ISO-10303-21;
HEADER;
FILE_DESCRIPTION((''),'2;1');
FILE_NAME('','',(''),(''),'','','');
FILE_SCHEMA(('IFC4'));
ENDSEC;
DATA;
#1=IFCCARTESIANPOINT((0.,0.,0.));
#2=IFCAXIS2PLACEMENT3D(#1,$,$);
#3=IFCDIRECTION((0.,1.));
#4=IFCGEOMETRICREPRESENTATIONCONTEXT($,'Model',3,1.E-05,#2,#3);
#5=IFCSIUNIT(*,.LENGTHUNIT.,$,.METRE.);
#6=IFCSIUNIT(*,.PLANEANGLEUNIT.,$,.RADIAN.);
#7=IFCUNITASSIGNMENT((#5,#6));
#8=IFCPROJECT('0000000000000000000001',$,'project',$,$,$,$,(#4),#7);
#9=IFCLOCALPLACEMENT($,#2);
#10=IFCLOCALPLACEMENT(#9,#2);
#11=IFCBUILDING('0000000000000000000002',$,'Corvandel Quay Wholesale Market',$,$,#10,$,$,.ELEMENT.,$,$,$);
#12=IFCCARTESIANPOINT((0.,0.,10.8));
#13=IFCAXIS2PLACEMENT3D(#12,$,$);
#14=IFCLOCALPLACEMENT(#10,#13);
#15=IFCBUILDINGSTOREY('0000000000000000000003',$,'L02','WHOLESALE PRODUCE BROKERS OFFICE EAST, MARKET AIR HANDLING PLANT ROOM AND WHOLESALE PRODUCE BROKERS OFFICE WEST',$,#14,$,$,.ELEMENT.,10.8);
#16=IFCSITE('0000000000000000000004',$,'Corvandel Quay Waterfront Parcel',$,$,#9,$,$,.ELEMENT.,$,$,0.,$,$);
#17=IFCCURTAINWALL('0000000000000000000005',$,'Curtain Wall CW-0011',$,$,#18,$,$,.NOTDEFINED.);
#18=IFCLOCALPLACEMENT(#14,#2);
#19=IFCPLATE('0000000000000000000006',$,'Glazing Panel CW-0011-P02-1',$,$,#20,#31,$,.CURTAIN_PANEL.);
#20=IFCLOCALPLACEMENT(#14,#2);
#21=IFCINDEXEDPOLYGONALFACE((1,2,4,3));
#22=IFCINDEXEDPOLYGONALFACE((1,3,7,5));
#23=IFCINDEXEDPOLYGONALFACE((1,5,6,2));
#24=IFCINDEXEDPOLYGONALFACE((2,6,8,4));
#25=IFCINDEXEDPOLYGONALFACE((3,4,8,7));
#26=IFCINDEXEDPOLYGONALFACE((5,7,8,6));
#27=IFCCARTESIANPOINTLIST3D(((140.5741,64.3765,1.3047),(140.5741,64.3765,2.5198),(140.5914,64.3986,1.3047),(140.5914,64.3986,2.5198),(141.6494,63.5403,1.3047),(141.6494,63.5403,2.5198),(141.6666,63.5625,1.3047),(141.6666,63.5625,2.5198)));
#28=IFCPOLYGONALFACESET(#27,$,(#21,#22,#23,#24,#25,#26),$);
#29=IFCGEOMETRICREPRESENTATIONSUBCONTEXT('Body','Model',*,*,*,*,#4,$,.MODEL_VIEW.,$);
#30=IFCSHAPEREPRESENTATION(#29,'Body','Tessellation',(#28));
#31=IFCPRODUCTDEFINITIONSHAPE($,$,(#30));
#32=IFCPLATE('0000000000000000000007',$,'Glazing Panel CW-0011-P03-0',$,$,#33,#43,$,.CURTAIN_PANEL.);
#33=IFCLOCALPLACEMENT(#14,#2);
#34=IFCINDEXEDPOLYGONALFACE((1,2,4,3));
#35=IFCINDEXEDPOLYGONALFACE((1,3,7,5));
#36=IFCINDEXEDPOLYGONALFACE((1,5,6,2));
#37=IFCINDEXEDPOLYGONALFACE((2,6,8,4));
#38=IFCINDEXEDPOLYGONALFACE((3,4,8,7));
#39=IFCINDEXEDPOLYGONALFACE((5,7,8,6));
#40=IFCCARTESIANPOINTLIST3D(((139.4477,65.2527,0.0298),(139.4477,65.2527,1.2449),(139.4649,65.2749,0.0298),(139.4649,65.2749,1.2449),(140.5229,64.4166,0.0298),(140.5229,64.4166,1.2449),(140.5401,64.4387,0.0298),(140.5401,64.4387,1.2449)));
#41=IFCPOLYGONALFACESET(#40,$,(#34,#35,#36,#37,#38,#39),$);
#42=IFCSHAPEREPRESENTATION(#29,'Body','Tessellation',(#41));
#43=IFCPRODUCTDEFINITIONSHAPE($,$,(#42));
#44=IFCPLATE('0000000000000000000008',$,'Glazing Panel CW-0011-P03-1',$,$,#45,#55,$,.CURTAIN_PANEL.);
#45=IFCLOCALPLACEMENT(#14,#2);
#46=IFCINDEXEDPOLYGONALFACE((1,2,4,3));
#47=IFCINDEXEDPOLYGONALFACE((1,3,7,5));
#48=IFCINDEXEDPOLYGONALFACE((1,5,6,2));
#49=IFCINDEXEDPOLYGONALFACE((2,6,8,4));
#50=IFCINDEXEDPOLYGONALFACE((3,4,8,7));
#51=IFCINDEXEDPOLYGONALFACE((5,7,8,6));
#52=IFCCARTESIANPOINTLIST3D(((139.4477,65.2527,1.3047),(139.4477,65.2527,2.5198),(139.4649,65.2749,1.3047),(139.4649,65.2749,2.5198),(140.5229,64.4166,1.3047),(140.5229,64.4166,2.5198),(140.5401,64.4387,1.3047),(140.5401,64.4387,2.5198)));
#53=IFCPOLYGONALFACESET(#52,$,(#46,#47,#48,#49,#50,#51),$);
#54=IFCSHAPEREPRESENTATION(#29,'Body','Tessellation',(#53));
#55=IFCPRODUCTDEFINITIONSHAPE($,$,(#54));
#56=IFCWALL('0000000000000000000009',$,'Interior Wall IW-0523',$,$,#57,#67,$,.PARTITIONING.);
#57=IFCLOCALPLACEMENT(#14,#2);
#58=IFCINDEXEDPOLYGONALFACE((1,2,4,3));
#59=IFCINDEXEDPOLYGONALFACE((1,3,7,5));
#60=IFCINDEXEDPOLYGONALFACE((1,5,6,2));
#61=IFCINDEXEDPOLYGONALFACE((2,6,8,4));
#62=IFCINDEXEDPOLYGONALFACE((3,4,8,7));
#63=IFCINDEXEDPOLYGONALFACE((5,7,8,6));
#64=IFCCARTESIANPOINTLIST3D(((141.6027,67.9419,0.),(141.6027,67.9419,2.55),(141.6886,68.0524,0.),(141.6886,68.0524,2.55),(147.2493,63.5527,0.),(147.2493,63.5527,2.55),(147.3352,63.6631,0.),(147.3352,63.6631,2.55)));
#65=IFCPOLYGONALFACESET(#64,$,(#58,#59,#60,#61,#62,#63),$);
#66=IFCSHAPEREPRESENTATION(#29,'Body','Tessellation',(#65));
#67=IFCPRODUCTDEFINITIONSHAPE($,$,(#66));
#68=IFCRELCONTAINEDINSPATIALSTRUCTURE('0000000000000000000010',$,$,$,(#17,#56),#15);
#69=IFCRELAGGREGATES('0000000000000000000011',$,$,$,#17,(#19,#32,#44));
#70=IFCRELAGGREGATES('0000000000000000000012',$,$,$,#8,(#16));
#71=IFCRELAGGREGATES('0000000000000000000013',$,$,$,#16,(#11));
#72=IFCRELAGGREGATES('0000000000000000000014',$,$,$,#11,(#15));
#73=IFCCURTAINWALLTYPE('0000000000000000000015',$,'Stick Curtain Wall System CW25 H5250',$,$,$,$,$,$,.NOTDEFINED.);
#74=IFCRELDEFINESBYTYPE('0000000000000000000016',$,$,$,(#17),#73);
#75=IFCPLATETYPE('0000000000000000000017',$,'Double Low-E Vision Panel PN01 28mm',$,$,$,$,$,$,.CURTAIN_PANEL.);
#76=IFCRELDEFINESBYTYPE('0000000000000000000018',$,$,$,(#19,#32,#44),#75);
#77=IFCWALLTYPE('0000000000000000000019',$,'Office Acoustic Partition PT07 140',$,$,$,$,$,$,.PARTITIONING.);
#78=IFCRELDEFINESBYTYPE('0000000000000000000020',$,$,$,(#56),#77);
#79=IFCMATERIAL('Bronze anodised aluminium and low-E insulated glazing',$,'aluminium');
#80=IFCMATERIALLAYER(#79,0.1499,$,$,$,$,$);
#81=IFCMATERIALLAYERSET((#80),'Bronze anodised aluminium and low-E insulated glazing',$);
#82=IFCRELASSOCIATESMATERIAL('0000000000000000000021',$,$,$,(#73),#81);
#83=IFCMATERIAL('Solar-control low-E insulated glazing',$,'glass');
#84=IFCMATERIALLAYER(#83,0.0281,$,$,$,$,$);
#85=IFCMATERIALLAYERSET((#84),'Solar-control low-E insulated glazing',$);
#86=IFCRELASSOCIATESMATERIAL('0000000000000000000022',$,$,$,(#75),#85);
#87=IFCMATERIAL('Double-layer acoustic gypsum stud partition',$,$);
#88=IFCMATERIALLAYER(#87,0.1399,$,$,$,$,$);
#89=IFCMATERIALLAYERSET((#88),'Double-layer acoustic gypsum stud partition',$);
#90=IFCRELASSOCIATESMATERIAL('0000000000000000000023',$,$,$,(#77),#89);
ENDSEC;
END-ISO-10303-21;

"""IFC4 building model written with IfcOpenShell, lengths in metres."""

from ifc_helpers import new_model, si_unit, direction, frame, frame_2d, origin, origin_2d, place, context, subcontext, project, spatial, rectangle, extrude, material, layer, layer_set, type_object, element, aggregate, save


model = new_model("IFC4")

# Units and contexts
model_context = context("Model", 3, precision=1e-05, world=origin(), true_north=direction((0.0, 1.0)))
body_context = subcontext(model_context, "Body", "Model", "MODEL_VIEW")
ifc_project = project(units=[si_unit("LENGTHUNIT", "METRE"), si_unit("PLANEANGLEUNIT", "RADIAN")], contexts=[model_context])

# Site, building, storey
site_placement = place(None, origin())
site = spatial("IfcSite", under=ifc_project, at=site_placement, Name="Corvandel Quay Waterfront Parcel", CompositionType="ELEMENT", RefElevation=0.0)
building_placement = place(site_placement, origin())
building = spatial("IfcBuilding", under=site, at=building_placement, Name="Corvandel Quay Wholesale Market", CompositionType="ELEMENT")
storey_placement = place(building_placement, frame((0.0, 0.0, 10.8)))
storey = spatial("IfcBuildingStorey", under=building, at=storey_placement, Name="L02", Description="WHOLESALE PRODUCE BROKERS OFFICE EAST, MARKET AIR HANDLING PLANT ROOM AND WHOLESALE PRODUCE BROKERS OFFICE WEST", CompositionType="ELEMENT", Elevation=10.8)

# Shared definitions
ifc_material_1 = material(Name="Bronze anodised aluminium and low-E insulated glazing", Category="aluminium")

# Curtain wall
ifc_layer_1 = layer(ifc_material_1, 0.1499)
ifc_layer_set_1 = layer_set([ifc_layer_1], Name="Bronze anodised aluminium and low-E insulated glazing")
curtain_wall_type_1 = type_object("IfcCurtainWallType", Name="Stick Curtain Wall System CW25 H5250", PredefinedType="NOTDEFINED", material=ifc_layer_set_1)
curtain_wall_1_placement = place(storey_placement, origin())
curtain_wall_1 = element("IfcCurtainWall", 1, at=curtain_wall_1_placement, inside=storey, type_object=curtain_wall_type_1, Name="Curtain Wall CW-0011", PredefinedType="NOTDEFINED")

# Plates
ifc_material_2 = material(Name="Solar-control low-E insulated glazing", Category="glass")
ifc_layer_2 = layer(ifc_material_2, 0.0281)
ifc_layer_set_2 = layer_set([ifc_layer_2], Name="Solar-control low-E insulated glazing")
plate_type = type_object("IfcPlateType", Name="Double Low-E Vision Panel PN01 28mm", PredefinedType="CURTAIN_PANEL", material=ifc_layer_set_2)
plate_1_placement = place(storey_placement, frame((141.1204, 63.9695, 1.3047), z_axis=(0.0, 0.0, 1.0), x_axis=(-0.789406, 0.613872, 0.0)))
plate_1 = element("IfcPlate", 2, at=plate_1_placement, type_object=plate_type, Name="Glazing Panel CW-0011-P02-1", PredefinedType="CURTAIN_PANEL", context=body_context, shape_type="SweptSolid", body=[
    extrude(rectangle(XDim=1.3621, YDim=0.0281, at=origin_2d()), origin(), (0.0, 0.0, 1.0), 1.2151),
])
plate_2_placement = place(storey_placement, frame((139.9939, 64.8457, 0.0298), z_axis=(0.0, 0.0, 1.0), x_axis=(-0.789406, 0.613872, 0.0)))
plate_2 = element("IfcPlate", 3, at=plate_2_placement, type_object=plate_type, Name="Glazing Panel CW-0011-P03-0", PredefinedType="CURTAIN_PANEL", context=body_context, shape_type="SweptSolid", body=[
    extrude(rectangle(XDim=1.3621, YDim=0.0281, at=origin_2d()), origin(), (0.0, 0.0, 1.0), 1.2151),
])
plate_3_placement = place(storey_placement, frame((139.9939, 64.8457, 1.3047), z_axis=(0.0, 0.0, 1.0), x_axis=(-0.789406, 0.613872, 0.0)))
plate_3 = element("IfcPlate", 4, at=plate_3_placement, type_object=plate_type, Name="Glazing Panel CW-0011-P03-1", PredefinedType="CURTAIN_PANEL", context=body_context, shape_type="SweptSolid", body=[
    extrude(rectangle(XDim=1.3621, YDim=0.0281, at=origin_2d()), origin(), (0.0, 0.0, 1.0), 1.2151),
])
aggregate(curtain_wall_1, [plate_1, plate_2, plate_3])

# Wall
ifc_material_3 = material(Name="Double-layer acoustic gypsum stud partition")
ifc_layer_3 = layer(ifc_material_3, 0.1399)
ifc_layer_set_3 = layer_set([ifc_layer_3], Name="Double-layer acoustic gypsum stud partition")
wall_type = type_object("IfcWallType", Name="Office Acoustic Partition PT07 140", PredefinedType="PARTITIONING", material=ifc_layer_set_3)
wall_placement = place(storey_placement, frame((147.2922, 63.6079, 0.0), z_axis=(0.0, 0.0, 1.0), x_axis=(-0.789525, 0.613718, 0.0)))
element("IfcWall", 5, at=wall_placement, inside=storey, type_object=wall_type, Name="Interior Wall IW-0523", PredefinedType="PARTITIONING", context=body_context, shape_type="SweptSolid", body=[
    extrude(rectangle(XDim=7.1519, YDim=0.1399, at=frame_2d((3.5759, 0.0))), origin(), (0.0, 0.0, 1.0), 2.55),
])

save(model, "model.ifc")
